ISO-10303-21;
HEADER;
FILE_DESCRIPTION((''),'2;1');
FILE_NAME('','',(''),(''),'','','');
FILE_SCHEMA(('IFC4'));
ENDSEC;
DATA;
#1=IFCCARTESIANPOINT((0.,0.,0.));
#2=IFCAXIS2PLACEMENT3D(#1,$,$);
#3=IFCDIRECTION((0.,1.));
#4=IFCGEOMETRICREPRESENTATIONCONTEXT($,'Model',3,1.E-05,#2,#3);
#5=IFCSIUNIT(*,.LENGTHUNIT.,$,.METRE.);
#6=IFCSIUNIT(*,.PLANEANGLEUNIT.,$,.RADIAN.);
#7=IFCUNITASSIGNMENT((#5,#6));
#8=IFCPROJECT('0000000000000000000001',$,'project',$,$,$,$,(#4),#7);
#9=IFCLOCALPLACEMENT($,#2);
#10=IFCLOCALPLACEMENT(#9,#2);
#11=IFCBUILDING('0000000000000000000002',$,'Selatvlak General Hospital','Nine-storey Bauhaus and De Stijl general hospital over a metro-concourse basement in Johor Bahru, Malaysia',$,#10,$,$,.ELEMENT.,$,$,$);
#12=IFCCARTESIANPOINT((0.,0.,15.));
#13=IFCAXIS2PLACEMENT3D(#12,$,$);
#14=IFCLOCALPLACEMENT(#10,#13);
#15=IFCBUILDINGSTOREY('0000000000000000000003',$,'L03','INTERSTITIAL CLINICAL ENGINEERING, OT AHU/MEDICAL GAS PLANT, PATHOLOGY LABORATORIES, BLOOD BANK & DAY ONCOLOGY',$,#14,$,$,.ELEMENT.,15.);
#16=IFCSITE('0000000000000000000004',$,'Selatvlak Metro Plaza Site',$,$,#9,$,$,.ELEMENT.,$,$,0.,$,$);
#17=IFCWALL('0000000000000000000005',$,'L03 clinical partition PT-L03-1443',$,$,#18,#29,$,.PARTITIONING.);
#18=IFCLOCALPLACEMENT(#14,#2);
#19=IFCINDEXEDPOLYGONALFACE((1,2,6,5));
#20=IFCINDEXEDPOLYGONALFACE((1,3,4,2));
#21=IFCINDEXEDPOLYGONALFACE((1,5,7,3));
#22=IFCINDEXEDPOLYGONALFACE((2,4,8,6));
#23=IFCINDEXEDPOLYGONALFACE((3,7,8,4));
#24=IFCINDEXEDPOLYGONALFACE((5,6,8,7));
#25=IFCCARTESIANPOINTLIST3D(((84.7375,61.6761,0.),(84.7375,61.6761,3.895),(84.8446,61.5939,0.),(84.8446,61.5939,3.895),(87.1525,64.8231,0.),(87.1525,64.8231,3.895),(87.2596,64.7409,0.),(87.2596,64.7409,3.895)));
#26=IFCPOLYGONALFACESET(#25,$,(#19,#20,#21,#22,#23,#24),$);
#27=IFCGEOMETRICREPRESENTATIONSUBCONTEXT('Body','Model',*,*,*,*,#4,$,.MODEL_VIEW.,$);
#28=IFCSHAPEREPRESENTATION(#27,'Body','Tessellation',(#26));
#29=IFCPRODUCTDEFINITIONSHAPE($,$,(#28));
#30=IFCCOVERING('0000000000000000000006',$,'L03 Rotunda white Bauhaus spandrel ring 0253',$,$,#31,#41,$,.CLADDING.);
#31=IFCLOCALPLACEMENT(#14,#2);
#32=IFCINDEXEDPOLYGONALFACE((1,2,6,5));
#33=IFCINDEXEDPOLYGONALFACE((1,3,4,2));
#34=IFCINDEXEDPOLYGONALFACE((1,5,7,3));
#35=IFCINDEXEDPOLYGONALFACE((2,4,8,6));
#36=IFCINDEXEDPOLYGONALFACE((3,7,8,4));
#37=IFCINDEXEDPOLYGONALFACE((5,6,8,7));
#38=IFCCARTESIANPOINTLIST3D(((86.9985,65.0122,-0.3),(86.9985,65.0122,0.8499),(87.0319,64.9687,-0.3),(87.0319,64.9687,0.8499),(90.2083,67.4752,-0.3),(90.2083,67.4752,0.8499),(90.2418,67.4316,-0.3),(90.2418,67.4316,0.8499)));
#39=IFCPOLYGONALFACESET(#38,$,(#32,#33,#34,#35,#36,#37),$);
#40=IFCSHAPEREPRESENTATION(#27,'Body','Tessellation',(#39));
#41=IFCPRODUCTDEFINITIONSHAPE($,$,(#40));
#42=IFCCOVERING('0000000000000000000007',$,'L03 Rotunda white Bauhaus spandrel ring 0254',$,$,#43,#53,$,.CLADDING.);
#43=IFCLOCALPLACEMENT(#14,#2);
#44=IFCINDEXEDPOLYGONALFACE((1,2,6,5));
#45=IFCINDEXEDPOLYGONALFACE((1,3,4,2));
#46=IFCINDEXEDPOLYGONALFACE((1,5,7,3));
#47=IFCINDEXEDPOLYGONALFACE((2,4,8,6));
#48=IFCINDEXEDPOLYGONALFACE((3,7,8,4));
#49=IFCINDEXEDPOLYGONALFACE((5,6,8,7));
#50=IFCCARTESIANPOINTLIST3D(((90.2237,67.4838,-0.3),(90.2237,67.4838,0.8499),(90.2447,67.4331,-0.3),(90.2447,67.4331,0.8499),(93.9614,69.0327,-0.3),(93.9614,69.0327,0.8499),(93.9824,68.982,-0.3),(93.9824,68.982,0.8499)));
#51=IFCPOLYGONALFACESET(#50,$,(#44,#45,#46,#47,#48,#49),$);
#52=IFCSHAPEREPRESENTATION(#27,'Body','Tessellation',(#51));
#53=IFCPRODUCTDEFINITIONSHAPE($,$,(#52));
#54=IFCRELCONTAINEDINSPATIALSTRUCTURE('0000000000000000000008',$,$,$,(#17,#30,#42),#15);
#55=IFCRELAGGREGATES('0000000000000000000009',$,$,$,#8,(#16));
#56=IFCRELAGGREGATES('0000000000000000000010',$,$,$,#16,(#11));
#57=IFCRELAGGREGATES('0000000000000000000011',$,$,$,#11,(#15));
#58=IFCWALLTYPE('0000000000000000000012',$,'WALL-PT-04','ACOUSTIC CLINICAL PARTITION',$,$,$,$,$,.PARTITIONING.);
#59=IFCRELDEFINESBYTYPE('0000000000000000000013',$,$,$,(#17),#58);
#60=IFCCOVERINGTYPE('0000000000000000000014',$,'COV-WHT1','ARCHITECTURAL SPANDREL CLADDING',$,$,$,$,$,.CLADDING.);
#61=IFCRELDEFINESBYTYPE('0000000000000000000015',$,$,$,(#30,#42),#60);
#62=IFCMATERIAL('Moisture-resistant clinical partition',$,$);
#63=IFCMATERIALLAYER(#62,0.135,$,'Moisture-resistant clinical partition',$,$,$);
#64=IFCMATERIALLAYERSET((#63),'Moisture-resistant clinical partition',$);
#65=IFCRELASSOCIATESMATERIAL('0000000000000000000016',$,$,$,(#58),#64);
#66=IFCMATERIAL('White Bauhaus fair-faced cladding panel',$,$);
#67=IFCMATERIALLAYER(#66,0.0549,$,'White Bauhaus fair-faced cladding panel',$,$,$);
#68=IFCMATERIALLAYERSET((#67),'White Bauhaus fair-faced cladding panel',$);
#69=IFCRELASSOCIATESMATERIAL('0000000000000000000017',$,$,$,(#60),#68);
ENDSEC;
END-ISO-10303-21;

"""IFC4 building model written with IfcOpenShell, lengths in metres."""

from ifc_helpers import new_model, si_unit, direction, frame, frame_2d, origin, origin_2d, place, context, subcontext, project, spatial, rectangle, extrude, material, layer, layer_set, type_object, element, save


model = new_model("IFC4")

# Units and contexts
model_context = context("Model", 3, precision=1e-05, world=origin(), true_north=direction((0.0, 1.0)))
body_context = subcontext(model_context, "Body", "Model", "MODEL_VIEW")
ifc_project = project(units=[si_unit("LENGTHUNIT", "METRE"), si_unit("PLANEANGLEUNIT", "RADIAN")], contexts=[model_context])

# Site, building, storey
site_placement = place(None, origin())
site = spatial("IfcSite", under=ifc_project, at=site_placement, Name="Selatvlak Metro Plaza Site", CompositionType="ELEMENT", RefElevation=0.0)
building_placement = place(site_placement, origin())
building = spatial("IfcBuilding", under=site, at=building_placement, Name="Selatvlak General Hospital", Description="Nine-storey Bauhaus and De Stijl general hospital over a metro-concourse basement in Johor Bahru, Malaysia", CompositionType="ELEMENT")
storey_placement = place(building_placement, frame((0.0, 0.0, 15.0)))
storey = spatial("IfcBuildingStorey", under=building, at=storey_placement, Name="L03", Description="INTERSTITIAL CLINICAL ENGINEERING, OT AHU/MEDICAL GAS PLANT, PATHOLOGY LABORATORIES, BLOOD BANK & DAY ONCOLOGY", CompositionType="ELEMENT", Elevation=15.0)

# Wall
ifc_material_1 = material(Name="Moisture-resistant clinical partition")
ifc_layer_1 = layer(ifc_material_1, 0.135, Name="Moisture-resistant clinical partition")
ifc_layer_set_1 = layer_set([ifc_layer_1], Name="Moisture-resistant clinical partition")
wall_type_1 = type_object("IfcWallType", Name="WALL-PT-04", Description="ACOUSTIC CLINICAL PARTITION", PredefinedType="PARTITIONING", material=ifc_layer_set_1)
wall_1_placement = place(storey_placement, frame((87.2061, 64.782, 0.0), z_axis=(0.0, 0.0, 1.0), x_axis=(-0.608806, -0.793319, 0.0)))
element("IfcWall", 1, at=wall_1_placement, inside=storey, type_object=wall_type_1, Name="L03 clinical partition PT-L03-1443", PredefinedType="PARTITIONING", context=body_context, shape_type="SweptSolid", body=[
    extrude(rectangle(XDim=3.9668, YDim=0.135, at=frame_2d((1.9834, 0.0))), origin(), (0.0, 0.0, 1.0), 3.895),
])

# Coverings
ifc_material_2 = material(Name="White Bauhaus fair-faced cladding panel")
ifc_layer_2 = layer(ifc_material_2, 0.0549, Name="White Bauhaus fair-faced cladding panel")
ifc_layer_set_2 = layer_set([ifc_layer_2], Name="White Bauhaus fair-faced cladding panel")
covering_type = type_object("IfcCoveringType", Name="COV-WHT1", Description="ARCHITECTURAL SPANDREL CLADDING", PredefinedType="CLADDING", material=ifc_layer_set_2)
for number, where, z_axis, x_axis, name in (
    (2, (88.6201, 66.2219, -0.3), (0.0, 0.0, 1.0), (0.793364, 0.608748, 0.0), "L03 Rotunda white Bauhaus spandrel ring 0253"),
    (3, (92.103, 68.2329, -0.3), (0.0, 0.0, 1.0), (0.923819, 0.382829, 0.0), "L03 Rotunda white Bauhaus spandrel ring 0254"),
):
    element("IfcCovering", number, at=place(storey_placement, frame(where, z_axis=z_axis, x_axis=x_axis)), inside=storey, type_object=covering_type, Name=name, PredefinedType="CLADDING", context=body_context, shape_type="SweptSolid", body=[
        extrude(rectangle(XDim=4.0459, YDim=0.0549, at=origin_2d()), origin(), (0.0, 0.0, 1.0), 1.1499),
    ])

save(model, "model.ifc")
